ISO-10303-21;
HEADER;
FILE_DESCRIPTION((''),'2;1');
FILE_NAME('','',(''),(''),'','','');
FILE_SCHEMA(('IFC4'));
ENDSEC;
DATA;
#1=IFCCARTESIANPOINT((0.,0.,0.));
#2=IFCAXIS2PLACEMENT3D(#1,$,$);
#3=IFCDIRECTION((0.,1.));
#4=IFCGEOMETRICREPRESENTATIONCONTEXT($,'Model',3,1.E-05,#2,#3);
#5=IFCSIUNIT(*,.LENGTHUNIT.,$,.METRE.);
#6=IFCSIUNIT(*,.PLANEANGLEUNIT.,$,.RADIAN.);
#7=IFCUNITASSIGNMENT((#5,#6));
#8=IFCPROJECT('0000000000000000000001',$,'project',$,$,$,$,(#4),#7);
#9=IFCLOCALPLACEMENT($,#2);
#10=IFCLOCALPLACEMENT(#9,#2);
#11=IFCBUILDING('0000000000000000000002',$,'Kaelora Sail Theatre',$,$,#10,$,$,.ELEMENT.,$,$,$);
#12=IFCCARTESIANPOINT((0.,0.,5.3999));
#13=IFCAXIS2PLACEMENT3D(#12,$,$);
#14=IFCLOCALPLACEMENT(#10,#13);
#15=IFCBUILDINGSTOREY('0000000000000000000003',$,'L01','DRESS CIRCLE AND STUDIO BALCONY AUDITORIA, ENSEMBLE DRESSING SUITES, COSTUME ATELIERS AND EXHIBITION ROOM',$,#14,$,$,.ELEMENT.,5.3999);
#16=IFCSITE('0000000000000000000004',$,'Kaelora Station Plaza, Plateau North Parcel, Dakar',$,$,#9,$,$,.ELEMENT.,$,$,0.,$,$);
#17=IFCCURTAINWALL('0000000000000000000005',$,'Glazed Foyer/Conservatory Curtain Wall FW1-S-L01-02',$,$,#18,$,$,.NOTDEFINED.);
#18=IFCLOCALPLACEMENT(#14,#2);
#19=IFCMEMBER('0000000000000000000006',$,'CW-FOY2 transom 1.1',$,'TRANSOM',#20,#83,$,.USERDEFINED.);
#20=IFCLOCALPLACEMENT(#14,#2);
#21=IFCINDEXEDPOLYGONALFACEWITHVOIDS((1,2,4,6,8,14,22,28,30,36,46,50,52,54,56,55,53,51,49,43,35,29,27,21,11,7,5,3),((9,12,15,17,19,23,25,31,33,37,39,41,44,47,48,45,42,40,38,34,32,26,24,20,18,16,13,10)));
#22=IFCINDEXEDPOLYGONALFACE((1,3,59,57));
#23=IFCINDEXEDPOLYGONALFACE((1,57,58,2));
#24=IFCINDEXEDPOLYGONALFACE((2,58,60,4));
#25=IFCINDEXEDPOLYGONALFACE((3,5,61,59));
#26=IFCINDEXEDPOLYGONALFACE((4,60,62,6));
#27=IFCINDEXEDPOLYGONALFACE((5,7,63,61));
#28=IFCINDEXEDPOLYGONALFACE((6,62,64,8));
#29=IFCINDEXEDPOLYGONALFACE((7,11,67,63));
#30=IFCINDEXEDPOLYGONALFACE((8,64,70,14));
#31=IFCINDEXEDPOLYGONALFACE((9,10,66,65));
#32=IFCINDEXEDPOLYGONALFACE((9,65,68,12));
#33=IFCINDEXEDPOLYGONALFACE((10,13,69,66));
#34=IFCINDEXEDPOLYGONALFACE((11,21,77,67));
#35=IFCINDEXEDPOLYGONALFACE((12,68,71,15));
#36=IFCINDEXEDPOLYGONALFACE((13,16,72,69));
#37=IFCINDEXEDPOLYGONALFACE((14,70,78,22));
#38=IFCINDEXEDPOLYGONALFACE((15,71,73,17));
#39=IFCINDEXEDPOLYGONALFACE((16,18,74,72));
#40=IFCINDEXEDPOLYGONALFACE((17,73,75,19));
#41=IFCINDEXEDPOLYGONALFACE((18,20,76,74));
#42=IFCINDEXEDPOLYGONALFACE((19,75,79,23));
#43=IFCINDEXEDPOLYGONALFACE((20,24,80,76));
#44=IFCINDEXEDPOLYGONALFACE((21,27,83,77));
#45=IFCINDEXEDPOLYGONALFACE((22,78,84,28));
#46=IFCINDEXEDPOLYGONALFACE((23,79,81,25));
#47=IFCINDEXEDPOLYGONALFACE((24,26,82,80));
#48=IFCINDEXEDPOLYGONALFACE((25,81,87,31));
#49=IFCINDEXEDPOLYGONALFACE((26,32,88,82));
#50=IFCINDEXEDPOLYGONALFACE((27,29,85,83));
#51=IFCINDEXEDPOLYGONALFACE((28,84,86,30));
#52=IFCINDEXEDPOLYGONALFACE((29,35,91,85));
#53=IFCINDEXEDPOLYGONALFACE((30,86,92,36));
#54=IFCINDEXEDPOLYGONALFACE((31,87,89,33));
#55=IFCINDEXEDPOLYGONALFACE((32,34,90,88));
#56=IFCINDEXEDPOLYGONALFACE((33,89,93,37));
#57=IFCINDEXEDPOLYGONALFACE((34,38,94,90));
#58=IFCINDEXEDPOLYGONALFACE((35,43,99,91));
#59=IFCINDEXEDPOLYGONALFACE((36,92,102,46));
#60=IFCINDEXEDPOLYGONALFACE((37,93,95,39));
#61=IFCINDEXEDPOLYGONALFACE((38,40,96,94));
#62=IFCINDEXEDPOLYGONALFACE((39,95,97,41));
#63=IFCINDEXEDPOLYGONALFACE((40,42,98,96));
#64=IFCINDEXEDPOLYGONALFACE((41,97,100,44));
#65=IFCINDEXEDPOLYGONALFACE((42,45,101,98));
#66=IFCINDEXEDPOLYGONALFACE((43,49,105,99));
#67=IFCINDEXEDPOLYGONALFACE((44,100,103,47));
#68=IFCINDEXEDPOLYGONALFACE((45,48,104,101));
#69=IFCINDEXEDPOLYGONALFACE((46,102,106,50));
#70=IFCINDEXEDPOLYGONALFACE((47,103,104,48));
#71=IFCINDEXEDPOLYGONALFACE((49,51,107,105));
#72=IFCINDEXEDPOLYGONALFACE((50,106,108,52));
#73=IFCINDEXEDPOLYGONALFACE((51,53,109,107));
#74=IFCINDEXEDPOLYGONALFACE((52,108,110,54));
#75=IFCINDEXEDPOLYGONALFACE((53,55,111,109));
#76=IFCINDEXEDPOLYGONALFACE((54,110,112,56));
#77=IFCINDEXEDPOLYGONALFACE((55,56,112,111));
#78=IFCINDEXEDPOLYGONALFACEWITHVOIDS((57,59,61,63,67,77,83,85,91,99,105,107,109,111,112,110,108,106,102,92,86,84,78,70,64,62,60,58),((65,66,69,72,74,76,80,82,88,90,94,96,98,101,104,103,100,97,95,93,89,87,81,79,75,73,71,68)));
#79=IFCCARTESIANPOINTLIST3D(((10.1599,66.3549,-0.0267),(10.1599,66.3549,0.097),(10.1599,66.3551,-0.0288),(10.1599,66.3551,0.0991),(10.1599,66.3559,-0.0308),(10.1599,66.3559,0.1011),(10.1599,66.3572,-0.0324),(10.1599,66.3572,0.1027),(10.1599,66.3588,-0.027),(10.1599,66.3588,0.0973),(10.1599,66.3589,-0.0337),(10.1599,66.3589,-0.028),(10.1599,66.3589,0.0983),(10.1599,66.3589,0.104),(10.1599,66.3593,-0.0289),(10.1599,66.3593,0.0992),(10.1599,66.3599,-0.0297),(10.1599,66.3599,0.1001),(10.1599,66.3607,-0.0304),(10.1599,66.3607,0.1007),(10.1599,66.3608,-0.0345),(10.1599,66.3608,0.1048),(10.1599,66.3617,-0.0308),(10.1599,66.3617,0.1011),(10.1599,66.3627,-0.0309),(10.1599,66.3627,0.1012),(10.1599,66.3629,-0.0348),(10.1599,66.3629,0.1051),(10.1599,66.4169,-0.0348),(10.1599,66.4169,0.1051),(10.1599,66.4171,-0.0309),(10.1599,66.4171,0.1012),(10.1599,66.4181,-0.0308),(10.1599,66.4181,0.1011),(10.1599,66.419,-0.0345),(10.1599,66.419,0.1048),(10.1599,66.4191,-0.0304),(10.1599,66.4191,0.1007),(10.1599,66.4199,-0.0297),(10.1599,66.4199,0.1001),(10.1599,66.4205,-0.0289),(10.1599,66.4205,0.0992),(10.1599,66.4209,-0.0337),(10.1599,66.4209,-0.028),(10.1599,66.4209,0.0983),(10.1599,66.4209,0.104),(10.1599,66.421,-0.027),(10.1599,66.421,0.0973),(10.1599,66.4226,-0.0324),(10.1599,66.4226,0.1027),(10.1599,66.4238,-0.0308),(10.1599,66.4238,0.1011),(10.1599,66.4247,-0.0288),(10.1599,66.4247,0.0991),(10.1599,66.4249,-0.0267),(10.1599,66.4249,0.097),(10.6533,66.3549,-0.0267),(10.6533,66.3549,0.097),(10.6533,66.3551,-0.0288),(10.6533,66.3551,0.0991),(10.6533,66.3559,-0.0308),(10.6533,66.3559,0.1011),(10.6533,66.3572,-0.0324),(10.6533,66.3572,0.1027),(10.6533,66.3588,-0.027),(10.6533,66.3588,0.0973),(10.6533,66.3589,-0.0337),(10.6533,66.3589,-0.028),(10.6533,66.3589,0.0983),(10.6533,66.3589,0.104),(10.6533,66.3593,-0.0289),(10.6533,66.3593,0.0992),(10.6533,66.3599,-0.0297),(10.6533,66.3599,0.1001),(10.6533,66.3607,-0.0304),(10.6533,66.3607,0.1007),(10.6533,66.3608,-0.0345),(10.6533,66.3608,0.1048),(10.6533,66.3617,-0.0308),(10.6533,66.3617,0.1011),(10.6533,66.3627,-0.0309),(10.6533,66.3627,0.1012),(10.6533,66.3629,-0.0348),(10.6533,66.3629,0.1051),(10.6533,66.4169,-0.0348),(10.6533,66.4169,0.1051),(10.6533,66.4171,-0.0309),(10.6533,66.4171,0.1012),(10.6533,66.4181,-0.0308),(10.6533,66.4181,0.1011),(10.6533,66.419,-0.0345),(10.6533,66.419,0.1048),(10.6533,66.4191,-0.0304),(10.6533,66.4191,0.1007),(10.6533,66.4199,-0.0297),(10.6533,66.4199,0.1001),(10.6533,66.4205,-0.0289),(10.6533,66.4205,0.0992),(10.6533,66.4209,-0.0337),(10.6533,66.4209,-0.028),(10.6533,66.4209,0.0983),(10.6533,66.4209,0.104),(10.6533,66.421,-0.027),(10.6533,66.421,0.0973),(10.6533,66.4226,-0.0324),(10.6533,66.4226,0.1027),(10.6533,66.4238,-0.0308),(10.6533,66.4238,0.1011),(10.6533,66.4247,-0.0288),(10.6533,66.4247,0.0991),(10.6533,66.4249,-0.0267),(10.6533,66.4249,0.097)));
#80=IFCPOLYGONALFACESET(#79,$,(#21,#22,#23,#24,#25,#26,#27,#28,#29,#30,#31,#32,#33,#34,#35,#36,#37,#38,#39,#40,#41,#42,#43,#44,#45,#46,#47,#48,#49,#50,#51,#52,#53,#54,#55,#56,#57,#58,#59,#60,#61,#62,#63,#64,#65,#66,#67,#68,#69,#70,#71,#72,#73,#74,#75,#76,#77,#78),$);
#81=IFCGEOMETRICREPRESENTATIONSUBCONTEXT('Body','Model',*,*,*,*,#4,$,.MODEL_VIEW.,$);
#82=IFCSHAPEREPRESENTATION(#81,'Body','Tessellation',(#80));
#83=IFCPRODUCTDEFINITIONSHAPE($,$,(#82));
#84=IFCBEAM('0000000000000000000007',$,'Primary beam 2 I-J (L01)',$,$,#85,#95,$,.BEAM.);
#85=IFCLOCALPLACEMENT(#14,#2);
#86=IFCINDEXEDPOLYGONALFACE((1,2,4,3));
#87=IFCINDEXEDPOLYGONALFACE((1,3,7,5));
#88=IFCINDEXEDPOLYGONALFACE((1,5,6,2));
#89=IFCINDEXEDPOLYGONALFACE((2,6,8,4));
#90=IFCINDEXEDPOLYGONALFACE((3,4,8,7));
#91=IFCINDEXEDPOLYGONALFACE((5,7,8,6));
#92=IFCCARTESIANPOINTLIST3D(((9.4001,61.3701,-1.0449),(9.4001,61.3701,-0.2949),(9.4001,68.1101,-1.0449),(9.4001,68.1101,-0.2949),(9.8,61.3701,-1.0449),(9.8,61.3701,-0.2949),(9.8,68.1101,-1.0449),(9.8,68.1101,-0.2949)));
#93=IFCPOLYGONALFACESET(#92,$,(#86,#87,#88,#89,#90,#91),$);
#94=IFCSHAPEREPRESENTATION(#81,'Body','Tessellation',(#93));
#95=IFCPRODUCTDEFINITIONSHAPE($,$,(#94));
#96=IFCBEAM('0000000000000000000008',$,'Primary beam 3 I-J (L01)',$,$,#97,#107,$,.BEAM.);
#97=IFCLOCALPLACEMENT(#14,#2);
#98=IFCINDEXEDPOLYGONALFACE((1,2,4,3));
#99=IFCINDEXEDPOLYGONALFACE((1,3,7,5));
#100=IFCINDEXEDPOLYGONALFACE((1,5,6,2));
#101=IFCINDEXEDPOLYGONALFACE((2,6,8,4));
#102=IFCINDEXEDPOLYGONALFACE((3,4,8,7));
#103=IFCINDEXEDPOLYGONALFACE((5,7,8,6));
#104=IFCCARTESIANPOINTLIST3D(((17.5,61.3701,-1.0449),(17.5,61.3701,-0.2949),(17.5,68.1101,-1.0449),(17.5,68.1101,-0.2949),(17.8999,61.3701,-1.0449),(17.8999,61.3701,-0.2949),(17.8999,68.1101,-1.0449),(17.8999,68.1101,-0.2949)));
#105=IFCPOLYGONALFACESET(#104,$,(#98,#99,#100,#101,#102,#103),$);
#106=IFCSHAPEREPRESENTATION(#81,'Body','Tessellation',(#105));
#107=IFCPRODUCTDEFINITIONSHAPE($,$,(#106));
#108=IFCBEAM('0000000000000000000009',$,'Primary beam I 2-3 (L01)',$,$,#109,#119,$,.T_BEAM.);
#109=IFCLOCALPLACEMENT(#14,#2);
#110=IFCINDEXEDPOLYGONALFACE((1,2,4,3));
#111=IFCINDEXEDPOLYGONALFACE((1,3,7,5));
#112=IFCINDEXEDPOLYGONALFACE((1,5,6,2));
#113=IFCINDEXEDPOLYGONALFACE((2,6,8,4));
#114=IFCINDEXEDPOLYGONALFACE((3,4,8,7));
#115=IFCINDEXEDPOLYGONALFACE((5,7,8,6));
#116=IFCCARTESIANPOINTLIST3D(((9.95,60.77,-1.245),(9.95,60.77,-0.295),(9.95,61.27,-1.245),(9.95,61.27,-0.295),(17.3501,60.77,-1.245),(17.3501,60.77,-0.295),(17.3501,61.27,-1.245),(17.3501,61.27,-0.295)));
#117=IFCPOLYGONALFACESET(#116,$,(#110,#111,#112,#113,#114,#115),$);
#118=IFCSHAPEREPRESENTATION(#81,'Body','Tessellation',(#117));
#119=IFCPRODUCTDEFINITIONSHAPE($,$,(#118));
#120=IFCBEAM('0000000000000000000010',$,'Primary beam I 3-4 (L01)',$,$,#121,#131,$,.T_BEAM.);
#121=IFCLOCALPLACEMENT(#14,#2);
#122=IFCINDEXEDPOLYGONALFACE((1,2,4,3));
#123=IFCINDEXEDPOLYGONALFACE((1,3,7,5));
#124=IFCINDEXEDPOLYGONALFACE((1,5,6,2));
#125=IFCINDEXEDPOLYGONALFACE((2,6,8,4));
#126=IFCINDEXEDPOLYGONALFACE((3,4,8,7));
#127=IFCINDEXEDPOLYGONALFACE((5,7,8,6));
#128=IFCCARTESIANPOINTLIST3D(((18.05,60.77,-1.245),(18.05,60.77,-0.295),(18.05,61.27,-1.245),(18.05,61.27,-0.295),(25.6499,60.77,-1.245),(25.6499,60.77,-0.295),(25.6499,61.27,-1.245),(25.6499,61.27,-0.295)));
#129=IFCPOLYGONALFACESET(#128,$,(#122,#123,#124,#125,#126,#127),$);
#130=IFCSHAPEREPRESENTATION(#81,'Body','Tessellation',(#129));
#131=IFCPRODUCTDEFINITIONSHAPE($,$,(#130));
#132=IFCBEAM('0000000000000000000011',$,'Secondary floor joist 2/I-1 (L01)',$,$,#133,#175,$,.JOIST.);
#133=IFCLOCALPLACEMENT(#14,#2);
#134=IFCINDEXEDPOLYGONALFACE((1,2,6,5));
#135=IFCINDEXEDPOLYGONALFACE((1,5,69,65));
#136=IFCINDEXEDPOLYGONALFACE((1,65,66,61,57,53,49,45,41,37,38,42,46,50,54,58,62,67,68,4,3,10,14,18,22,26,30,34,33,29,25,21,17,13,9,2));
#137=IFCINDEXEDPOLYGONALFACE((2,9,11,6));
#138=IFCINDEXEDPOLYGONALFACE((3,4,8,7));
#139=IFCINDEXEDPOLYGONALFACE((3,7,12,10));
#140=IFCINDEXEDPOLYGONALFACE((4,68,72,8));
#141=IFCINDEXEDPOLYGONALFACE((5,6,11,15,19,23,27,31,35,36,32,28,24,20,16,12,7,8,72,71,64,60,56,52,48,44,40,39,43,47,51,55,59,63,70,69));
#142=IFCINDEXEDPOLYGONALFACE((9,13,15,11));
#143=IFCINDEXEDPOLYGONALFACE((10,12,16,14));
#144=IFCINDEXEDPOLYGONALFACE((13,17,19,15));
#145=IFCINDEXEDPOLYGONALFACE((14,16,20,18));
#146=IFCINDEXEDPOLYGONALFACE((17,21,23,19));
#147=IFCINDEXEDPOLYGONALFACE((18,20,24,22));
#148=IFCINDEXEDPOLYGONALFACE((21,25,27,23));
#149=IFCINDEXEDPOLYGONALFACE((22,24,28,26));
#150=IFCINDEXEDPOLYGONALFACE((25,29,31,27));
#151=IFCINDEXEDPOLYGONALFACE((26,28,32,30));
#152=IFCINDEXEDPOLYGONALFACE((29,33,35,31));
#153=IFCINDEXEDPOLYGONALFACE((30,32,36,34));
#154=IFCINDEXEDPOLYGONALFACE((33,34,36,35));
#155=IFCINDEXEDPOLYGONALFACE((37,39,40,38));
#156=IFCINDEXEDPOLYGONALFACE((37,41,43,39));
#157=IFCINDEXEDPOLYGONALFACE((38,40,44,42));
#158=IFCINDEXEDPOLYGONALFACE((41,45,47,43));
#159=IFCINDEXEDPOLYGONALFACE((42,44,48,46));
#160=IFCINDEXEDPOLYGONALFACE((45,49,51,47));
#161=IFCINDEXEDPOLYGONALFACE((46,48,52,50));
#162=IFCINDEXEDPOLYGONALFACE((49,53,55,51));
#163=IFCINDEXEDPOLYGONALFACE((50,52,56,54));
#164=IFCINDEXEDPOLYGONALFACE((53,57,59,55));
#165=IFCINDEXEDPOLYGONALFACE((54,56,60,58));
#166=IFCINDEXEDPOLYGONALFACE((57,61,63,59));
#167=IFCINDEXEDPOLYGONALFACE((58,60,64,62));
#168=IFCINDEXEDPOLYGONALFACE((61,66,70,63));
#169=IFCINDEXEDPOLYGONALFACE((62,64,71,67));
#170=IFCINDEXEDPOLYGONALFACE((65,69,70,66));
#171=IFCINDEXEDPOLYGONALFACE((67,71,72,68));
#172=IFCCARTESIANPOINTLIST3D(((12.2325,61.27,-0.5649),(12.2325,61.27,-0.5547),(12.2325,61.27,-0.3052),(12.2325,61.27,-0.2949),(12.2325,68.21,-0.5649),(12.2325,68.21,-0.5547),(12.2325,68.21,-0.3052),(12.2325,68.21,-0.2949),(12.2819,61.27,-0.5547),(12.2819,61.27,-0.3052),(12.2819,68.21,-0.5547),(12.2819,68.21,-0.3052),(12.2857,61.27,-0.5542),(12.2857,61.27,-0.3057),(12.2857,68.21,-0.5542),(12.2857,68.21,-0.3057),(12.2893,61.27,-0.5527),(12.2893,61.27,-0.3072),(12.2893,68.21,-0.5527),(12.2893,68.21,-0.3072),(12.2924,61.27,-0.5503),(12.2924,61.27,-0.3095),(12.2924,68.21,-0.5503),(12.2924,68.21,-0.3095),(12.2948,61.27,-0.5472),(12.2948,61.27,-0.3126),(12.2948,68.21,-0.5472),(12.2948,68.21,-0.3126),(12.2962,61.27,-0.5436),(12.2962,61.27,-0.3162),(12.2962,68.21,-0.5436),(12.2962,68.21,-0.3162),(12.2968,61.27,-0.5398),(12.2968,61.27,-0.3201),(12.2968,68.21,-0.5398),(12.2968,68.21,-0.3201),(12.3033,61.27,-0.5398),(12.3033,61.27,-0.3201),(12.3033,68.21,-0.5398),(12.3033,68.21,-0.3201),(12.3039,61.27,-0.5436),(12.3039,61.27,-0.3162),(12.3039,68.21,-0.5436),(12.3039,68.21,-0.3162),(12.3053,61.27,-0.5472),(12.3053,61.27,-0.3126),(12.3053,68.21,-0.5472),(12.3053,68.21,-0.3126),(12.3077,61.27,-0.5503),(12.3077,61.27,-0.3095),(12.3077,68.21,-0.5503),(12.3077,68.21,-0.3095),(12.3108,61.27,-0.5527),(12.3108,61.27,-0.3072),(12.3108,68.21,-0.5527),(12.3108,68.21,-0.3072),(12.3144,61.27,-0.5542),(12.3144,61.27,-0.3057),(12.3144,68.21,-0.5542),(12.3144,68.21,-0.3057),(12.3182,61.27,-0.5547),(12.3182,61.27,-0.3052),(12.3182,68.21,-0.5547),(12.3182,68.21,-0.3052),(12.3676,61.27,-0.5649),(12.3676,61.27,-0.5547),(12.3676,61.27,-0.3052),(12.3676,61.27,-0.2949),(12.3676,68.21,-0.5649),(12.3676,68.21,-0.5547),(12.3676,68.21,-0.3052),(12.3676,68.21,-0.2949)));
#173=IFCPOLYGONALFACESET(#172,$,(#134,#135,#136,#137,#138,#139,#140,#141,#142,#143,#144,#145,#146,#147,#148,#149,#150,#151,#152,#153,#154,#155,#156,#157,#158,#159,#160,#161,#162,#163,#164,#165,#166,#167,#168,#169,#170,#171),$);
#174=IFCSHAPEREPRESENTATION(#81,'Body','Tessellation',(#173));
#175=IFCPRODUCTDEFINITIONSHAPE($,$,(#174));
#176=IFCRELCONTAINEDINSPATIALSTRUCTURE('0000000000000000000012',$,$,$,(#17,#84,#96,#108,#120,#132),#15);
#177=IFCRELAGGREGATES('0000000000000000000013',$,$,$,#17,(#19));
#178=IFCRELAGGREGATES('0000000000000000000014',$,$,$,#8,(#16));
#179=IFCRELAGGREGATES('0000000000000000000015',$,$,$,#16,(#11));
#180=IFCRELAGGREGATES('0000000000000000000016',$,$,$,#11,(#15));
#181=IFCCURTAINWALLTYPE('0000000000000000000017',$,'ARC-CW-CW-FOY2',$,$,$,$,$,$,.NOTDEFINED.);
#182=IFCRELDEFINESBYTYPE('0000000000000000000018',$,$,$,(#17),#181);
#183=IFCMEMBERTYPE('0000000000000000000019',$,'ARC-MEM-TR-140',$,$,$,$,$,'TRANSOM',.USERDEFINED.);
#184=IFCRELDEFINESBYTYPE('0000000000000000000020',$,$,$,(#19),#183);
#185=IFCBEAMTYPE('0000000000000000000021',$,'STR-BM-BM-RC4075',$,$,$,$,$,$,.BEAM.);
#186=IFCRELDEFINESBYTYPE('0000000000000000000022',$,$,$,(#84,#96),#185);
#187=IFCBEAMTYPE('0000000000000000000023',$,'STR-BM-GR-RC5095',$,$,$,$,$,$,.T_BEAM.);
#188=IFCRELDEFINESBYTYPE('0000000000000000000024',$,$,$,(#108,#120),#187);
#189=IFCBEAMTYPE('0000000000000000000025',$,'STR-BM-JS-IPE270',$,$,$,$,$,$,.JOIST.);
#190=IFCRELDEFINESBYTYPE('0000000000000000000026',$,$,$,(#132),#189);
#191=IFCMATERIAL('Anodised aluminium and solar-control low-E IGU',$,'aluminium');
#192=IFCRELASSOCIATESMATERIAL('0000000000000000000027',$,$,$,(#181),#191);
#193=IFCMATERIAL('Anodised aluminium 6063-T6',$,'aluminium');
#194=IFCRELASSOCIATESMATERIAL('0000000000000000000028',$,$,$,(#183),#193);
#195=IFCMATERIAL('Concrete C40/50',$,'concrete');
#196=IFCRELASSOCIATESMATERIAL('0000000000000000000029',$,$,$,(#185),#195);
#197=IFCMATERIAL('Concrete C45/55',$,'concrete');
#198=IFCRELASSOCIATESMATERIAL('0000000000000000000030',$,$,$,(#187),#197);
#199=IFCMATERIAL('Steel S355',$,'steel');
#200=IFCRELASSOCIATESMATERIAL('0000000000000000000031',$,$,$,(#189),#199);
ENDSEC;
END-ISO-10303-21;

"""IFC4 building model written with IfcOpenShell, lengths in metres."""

from ifc_helpers import new_model, si_unit, direction, frame, origin, origin_2d, place, context, subcontext, project, spatial, rectangle, hollow_rectangle, i_section, extrude, material, material_profile, profile_set, type_object, element, aggregate, save


model = new_model("IFC4")

# Units and contexts
model_context = context("Model", 3, precision=1e-05, world=origin(), true_north=direction((0.0, 1.0)))
body_context = subcontext(model_context, "Body", "Model", "MODEL_VIEW")
ifc_project = project(units=[si_unit("LENGTHUNIT", "METRE"), si_unit("PLANEANGLEUNIT", "RADIAN")], contexts=[model_context])

# Site, building, storey
site_placement = place(None, origin())
site = spatial("IfcSite", under=ifc_project, at=site_placement, Name="Kaelora Station Plaza, Plateau North Parcel, Dakar", CompositionType="ELEMENT", RefElevation=0.0)
building_placement = place(site_placement, origin())
building = spatial("IfcBuilding", under=site, at=building_placement, Name="Kaelora Sail Theatre", CompositionType="ELEMENT")
storey_placement = place(building_placement, frame((0.0, 0.0, 5.3999)))
storey = spatial("IfcBuildingStorey", under=building, at=storey_placement, Name="L01", Description="DRESS CIRCLE AND STUDIO BALCONY AUDITORIA, ENSEMBLE DRESSING SUITES, COSTUME ATELIERS AND EXHIBITION ROOM", CompositionType="ELEMENT", Elevation=5.3999)

# Shared definitions
ifc_material_1 = material(Name="Anodised aluminium and solar-control low-E IGU", Category="aluminium")
curtain_wall_type = type_object("IfcCurtainWallType", Name="ARC-CW-CW-FOY2", PredefinedType="NOTDEFINED", material=ifc_material_1)

# Curtain wall
curtain_wall_1_placement = place(storey_placement, origin())
curtain_wall_1 = element("IfcCurtainWall", 1, at=curtain_wall_1_placement, inside=storey, type_object=curtain_wall_type, Name="Glazed Foyer/Conservatory Curtain Wall FW1-S-L01-02", PredefinedType="NOTDEFINED")

# Member
ifc_material_2 = material(Name="Anodised aluminium 6063-T6", Category="aluminium")
ifc_material_profile_1 = material_profile(ifc_material_2, hollow_rectangle(XDim=0.0701, YDim=0.1399, WallThickness=0.0039, InnerFilletRadius=0.0039, OuterFilletRadius=0.0081, at=origin_2d()), Name="ALU-TRAN 70x140x4")
ifc_profile_set_1 = profile_set([ifc_material_profile_1], Name="Anodised aluminium 6063-T6")
member_type_1 = type_object("IfcMemberType", Name="ARC-MEM-TR-140", ElementType="TRANSOM", PredefinedType="USERDEFINED", material=ifc_profile_set_1)
member_1_placement = place(storey_placement, frame((10.1599, 66.3899, 0.0352), z_axis=(1.0, 0.0, 0.0), x_axis=(0.0, 1.0, 0.0)))
member_1 = element("IfcMember", 2, at=member_1_placement, type_object=member_type_1, Name="CW-FOY2 transom 1.1", ObjectType="TRANSOM", PredefinedType="USERDEFINED", context=body_context, shape_type="SweptSolid", body=[
    extrude(hollow_rectangle(XDim=0.0701, YDim=0.1399, WallThickness=0.0039, InnerFilletRadius=0.0039, OuterFilletRadius=0.0081, at=origin_2d()), origin(), (0.0, 0.0, 1.0), 0.4934),
])
aggregate(curtain_wall_1, [member_1])

# Beams
ifc_material_3 = material(Name="Concrete C40/50", Category="concrete")
ifc_material_profile_2 = material_profile(ifc_material_3, rectangle(XDim=0.3999, YDim=0.75, at=origin_2d()), Name="RC-BM 400x750")
ifc_profile_set_2 = profile_set([ifc_material_profile_2], Name="Concrete C40/50")
beam_type_1 = type_object("IfcBeamType", Name="STR-BM-BM-RC4075", PredefinedType="BEAM", material=ifc_profile_set_2)
for number, where, z_axis, x_axis, name in (
    (3, (9.6001, 61.3701, -0.6699), (0.0, 1.0, 0.0), (-1.0, 0.0, 0.0), "Primary beam 2 I-J (L01)"),
    (4, (17.7, 61.3701, -0.6699), (0.0, 1.0, 0.0), (-1.0, 0.0, 0.0), "Primary beam 3 I-J (L01)"),
):
    element("IfcBeam", number, at=place(storey_placement, frame(where, z_axis=z_axis, x_axis=x_axis)), inside=storey, type_object=beam_type_1, Name=name, PredefinedType="BEAM", context=body_context, shape_type="SweptSolid", body=[
        extrude(rectangle(XDim=0.3999, YDim=0.75, at=origin_2d()), origin(), (0.0, 0.0, 1.0), 6.74),
    ])
ifc_material_4 = material(Name="Concrete C45/55", Category="concrete")
ifc_material_profile_3 = material_profile(ifc_material_4, rectangle(XDim=0.5, YDim=0.95, at=origin_2d()), Name="RC-GRD 500x950")
ifc_profile_set_3 = profile_set([ifc_material_profile_3], Name="Concrete C45/55")
beam_type_2 = type_object("IfcBeamType", Name="STR-BM-GR-RC5095", PredefinedType="T_BEAM", material=ifc_profile_set_3)
beam_1_placement = place(storey_placement, frame((9.95, 61.02, -0.77), z_axis=(1.0, 0.0, 0.0), x_axis=(0.0, 1.0, 0.0)))
element("IfcBeam", 5, at=beam_1_placement, inside=storey, type_object=beam_type_2, Name="Primary beam I 2-3 (L01)", PredefinedType="T_BEAM", context=body_context, shape_type="SweptSolid", body=[
    extrude(rectangle(XDim=0.5, YDim=0.95, at=origin_2d()), origin(), (0.0, 0.0, 1.0), 7.4001),
])
beam_2_placement = place(storey_placement, frame((18.05, 61.02, -0.77), z_axis=(1.0, 0.0, 0.0), x_axis=(0.0, 1.0, 0.0)))
element("IfcBeam", 6, at=beam_2_placement, inside=storey, type_object=beam_type_2, Name="Primary beam I 3-4 (L01)", PredefinedType="T_BEAM", context=body_context, shape_type="SweptSolid", body=[
    extrude(rectangle(XDim=0.5, YDim=0.95, at=origin_2d()), origin(), (0.0, 0.0, 1.0), 7.5999),
])
ifc_material_5 = material(Name="Steel S355", Category="steel")
ifc_material_profile_4 = material_profile(ifc_material_5, i_section(OverallWidth=0.135, OverallDepth=0.27, WebThickness=0.0066, FlangeThickness=0.0103, FilletRadius=0.0149, at=origin_2d()), Name="IPE 270")
ifc_profile_set_4 = profile_set([ifc_material_profile_4], Name="Steel S355")
beam_type_3 = type_object("IfcBeamType", Name="STR-BM-JS-IPE270", PredefinedType="JOIST", material=ifc_profile_set_4)
beam_3_placement = place(storey_placement, frame((12.3, 61.27, -0.4299), z_axis=(0.0, 1.0, 0.0), x_axis=(-1.0, 0.0, 0.0)))
element("IfcBeam", 7, at=beam_3_placement, inside=storey, type_object=beam_type_3, Name="Secondary floor joist 2/I-1 (L01)", PredefinedType="JOIST", context=body_context, shape_type="SweptSolid", body=[
    extrude(i_section(OverallWidth=0.135, OverallDepth=0.27, WebThickness=0.0066, FlangeThickness=0.0103, FilletRadius=0.0149, at=origin_2d()), origin(), (0.0, 0.0, 1.0), 6.9399),
])

save(model, "model.ifc")
